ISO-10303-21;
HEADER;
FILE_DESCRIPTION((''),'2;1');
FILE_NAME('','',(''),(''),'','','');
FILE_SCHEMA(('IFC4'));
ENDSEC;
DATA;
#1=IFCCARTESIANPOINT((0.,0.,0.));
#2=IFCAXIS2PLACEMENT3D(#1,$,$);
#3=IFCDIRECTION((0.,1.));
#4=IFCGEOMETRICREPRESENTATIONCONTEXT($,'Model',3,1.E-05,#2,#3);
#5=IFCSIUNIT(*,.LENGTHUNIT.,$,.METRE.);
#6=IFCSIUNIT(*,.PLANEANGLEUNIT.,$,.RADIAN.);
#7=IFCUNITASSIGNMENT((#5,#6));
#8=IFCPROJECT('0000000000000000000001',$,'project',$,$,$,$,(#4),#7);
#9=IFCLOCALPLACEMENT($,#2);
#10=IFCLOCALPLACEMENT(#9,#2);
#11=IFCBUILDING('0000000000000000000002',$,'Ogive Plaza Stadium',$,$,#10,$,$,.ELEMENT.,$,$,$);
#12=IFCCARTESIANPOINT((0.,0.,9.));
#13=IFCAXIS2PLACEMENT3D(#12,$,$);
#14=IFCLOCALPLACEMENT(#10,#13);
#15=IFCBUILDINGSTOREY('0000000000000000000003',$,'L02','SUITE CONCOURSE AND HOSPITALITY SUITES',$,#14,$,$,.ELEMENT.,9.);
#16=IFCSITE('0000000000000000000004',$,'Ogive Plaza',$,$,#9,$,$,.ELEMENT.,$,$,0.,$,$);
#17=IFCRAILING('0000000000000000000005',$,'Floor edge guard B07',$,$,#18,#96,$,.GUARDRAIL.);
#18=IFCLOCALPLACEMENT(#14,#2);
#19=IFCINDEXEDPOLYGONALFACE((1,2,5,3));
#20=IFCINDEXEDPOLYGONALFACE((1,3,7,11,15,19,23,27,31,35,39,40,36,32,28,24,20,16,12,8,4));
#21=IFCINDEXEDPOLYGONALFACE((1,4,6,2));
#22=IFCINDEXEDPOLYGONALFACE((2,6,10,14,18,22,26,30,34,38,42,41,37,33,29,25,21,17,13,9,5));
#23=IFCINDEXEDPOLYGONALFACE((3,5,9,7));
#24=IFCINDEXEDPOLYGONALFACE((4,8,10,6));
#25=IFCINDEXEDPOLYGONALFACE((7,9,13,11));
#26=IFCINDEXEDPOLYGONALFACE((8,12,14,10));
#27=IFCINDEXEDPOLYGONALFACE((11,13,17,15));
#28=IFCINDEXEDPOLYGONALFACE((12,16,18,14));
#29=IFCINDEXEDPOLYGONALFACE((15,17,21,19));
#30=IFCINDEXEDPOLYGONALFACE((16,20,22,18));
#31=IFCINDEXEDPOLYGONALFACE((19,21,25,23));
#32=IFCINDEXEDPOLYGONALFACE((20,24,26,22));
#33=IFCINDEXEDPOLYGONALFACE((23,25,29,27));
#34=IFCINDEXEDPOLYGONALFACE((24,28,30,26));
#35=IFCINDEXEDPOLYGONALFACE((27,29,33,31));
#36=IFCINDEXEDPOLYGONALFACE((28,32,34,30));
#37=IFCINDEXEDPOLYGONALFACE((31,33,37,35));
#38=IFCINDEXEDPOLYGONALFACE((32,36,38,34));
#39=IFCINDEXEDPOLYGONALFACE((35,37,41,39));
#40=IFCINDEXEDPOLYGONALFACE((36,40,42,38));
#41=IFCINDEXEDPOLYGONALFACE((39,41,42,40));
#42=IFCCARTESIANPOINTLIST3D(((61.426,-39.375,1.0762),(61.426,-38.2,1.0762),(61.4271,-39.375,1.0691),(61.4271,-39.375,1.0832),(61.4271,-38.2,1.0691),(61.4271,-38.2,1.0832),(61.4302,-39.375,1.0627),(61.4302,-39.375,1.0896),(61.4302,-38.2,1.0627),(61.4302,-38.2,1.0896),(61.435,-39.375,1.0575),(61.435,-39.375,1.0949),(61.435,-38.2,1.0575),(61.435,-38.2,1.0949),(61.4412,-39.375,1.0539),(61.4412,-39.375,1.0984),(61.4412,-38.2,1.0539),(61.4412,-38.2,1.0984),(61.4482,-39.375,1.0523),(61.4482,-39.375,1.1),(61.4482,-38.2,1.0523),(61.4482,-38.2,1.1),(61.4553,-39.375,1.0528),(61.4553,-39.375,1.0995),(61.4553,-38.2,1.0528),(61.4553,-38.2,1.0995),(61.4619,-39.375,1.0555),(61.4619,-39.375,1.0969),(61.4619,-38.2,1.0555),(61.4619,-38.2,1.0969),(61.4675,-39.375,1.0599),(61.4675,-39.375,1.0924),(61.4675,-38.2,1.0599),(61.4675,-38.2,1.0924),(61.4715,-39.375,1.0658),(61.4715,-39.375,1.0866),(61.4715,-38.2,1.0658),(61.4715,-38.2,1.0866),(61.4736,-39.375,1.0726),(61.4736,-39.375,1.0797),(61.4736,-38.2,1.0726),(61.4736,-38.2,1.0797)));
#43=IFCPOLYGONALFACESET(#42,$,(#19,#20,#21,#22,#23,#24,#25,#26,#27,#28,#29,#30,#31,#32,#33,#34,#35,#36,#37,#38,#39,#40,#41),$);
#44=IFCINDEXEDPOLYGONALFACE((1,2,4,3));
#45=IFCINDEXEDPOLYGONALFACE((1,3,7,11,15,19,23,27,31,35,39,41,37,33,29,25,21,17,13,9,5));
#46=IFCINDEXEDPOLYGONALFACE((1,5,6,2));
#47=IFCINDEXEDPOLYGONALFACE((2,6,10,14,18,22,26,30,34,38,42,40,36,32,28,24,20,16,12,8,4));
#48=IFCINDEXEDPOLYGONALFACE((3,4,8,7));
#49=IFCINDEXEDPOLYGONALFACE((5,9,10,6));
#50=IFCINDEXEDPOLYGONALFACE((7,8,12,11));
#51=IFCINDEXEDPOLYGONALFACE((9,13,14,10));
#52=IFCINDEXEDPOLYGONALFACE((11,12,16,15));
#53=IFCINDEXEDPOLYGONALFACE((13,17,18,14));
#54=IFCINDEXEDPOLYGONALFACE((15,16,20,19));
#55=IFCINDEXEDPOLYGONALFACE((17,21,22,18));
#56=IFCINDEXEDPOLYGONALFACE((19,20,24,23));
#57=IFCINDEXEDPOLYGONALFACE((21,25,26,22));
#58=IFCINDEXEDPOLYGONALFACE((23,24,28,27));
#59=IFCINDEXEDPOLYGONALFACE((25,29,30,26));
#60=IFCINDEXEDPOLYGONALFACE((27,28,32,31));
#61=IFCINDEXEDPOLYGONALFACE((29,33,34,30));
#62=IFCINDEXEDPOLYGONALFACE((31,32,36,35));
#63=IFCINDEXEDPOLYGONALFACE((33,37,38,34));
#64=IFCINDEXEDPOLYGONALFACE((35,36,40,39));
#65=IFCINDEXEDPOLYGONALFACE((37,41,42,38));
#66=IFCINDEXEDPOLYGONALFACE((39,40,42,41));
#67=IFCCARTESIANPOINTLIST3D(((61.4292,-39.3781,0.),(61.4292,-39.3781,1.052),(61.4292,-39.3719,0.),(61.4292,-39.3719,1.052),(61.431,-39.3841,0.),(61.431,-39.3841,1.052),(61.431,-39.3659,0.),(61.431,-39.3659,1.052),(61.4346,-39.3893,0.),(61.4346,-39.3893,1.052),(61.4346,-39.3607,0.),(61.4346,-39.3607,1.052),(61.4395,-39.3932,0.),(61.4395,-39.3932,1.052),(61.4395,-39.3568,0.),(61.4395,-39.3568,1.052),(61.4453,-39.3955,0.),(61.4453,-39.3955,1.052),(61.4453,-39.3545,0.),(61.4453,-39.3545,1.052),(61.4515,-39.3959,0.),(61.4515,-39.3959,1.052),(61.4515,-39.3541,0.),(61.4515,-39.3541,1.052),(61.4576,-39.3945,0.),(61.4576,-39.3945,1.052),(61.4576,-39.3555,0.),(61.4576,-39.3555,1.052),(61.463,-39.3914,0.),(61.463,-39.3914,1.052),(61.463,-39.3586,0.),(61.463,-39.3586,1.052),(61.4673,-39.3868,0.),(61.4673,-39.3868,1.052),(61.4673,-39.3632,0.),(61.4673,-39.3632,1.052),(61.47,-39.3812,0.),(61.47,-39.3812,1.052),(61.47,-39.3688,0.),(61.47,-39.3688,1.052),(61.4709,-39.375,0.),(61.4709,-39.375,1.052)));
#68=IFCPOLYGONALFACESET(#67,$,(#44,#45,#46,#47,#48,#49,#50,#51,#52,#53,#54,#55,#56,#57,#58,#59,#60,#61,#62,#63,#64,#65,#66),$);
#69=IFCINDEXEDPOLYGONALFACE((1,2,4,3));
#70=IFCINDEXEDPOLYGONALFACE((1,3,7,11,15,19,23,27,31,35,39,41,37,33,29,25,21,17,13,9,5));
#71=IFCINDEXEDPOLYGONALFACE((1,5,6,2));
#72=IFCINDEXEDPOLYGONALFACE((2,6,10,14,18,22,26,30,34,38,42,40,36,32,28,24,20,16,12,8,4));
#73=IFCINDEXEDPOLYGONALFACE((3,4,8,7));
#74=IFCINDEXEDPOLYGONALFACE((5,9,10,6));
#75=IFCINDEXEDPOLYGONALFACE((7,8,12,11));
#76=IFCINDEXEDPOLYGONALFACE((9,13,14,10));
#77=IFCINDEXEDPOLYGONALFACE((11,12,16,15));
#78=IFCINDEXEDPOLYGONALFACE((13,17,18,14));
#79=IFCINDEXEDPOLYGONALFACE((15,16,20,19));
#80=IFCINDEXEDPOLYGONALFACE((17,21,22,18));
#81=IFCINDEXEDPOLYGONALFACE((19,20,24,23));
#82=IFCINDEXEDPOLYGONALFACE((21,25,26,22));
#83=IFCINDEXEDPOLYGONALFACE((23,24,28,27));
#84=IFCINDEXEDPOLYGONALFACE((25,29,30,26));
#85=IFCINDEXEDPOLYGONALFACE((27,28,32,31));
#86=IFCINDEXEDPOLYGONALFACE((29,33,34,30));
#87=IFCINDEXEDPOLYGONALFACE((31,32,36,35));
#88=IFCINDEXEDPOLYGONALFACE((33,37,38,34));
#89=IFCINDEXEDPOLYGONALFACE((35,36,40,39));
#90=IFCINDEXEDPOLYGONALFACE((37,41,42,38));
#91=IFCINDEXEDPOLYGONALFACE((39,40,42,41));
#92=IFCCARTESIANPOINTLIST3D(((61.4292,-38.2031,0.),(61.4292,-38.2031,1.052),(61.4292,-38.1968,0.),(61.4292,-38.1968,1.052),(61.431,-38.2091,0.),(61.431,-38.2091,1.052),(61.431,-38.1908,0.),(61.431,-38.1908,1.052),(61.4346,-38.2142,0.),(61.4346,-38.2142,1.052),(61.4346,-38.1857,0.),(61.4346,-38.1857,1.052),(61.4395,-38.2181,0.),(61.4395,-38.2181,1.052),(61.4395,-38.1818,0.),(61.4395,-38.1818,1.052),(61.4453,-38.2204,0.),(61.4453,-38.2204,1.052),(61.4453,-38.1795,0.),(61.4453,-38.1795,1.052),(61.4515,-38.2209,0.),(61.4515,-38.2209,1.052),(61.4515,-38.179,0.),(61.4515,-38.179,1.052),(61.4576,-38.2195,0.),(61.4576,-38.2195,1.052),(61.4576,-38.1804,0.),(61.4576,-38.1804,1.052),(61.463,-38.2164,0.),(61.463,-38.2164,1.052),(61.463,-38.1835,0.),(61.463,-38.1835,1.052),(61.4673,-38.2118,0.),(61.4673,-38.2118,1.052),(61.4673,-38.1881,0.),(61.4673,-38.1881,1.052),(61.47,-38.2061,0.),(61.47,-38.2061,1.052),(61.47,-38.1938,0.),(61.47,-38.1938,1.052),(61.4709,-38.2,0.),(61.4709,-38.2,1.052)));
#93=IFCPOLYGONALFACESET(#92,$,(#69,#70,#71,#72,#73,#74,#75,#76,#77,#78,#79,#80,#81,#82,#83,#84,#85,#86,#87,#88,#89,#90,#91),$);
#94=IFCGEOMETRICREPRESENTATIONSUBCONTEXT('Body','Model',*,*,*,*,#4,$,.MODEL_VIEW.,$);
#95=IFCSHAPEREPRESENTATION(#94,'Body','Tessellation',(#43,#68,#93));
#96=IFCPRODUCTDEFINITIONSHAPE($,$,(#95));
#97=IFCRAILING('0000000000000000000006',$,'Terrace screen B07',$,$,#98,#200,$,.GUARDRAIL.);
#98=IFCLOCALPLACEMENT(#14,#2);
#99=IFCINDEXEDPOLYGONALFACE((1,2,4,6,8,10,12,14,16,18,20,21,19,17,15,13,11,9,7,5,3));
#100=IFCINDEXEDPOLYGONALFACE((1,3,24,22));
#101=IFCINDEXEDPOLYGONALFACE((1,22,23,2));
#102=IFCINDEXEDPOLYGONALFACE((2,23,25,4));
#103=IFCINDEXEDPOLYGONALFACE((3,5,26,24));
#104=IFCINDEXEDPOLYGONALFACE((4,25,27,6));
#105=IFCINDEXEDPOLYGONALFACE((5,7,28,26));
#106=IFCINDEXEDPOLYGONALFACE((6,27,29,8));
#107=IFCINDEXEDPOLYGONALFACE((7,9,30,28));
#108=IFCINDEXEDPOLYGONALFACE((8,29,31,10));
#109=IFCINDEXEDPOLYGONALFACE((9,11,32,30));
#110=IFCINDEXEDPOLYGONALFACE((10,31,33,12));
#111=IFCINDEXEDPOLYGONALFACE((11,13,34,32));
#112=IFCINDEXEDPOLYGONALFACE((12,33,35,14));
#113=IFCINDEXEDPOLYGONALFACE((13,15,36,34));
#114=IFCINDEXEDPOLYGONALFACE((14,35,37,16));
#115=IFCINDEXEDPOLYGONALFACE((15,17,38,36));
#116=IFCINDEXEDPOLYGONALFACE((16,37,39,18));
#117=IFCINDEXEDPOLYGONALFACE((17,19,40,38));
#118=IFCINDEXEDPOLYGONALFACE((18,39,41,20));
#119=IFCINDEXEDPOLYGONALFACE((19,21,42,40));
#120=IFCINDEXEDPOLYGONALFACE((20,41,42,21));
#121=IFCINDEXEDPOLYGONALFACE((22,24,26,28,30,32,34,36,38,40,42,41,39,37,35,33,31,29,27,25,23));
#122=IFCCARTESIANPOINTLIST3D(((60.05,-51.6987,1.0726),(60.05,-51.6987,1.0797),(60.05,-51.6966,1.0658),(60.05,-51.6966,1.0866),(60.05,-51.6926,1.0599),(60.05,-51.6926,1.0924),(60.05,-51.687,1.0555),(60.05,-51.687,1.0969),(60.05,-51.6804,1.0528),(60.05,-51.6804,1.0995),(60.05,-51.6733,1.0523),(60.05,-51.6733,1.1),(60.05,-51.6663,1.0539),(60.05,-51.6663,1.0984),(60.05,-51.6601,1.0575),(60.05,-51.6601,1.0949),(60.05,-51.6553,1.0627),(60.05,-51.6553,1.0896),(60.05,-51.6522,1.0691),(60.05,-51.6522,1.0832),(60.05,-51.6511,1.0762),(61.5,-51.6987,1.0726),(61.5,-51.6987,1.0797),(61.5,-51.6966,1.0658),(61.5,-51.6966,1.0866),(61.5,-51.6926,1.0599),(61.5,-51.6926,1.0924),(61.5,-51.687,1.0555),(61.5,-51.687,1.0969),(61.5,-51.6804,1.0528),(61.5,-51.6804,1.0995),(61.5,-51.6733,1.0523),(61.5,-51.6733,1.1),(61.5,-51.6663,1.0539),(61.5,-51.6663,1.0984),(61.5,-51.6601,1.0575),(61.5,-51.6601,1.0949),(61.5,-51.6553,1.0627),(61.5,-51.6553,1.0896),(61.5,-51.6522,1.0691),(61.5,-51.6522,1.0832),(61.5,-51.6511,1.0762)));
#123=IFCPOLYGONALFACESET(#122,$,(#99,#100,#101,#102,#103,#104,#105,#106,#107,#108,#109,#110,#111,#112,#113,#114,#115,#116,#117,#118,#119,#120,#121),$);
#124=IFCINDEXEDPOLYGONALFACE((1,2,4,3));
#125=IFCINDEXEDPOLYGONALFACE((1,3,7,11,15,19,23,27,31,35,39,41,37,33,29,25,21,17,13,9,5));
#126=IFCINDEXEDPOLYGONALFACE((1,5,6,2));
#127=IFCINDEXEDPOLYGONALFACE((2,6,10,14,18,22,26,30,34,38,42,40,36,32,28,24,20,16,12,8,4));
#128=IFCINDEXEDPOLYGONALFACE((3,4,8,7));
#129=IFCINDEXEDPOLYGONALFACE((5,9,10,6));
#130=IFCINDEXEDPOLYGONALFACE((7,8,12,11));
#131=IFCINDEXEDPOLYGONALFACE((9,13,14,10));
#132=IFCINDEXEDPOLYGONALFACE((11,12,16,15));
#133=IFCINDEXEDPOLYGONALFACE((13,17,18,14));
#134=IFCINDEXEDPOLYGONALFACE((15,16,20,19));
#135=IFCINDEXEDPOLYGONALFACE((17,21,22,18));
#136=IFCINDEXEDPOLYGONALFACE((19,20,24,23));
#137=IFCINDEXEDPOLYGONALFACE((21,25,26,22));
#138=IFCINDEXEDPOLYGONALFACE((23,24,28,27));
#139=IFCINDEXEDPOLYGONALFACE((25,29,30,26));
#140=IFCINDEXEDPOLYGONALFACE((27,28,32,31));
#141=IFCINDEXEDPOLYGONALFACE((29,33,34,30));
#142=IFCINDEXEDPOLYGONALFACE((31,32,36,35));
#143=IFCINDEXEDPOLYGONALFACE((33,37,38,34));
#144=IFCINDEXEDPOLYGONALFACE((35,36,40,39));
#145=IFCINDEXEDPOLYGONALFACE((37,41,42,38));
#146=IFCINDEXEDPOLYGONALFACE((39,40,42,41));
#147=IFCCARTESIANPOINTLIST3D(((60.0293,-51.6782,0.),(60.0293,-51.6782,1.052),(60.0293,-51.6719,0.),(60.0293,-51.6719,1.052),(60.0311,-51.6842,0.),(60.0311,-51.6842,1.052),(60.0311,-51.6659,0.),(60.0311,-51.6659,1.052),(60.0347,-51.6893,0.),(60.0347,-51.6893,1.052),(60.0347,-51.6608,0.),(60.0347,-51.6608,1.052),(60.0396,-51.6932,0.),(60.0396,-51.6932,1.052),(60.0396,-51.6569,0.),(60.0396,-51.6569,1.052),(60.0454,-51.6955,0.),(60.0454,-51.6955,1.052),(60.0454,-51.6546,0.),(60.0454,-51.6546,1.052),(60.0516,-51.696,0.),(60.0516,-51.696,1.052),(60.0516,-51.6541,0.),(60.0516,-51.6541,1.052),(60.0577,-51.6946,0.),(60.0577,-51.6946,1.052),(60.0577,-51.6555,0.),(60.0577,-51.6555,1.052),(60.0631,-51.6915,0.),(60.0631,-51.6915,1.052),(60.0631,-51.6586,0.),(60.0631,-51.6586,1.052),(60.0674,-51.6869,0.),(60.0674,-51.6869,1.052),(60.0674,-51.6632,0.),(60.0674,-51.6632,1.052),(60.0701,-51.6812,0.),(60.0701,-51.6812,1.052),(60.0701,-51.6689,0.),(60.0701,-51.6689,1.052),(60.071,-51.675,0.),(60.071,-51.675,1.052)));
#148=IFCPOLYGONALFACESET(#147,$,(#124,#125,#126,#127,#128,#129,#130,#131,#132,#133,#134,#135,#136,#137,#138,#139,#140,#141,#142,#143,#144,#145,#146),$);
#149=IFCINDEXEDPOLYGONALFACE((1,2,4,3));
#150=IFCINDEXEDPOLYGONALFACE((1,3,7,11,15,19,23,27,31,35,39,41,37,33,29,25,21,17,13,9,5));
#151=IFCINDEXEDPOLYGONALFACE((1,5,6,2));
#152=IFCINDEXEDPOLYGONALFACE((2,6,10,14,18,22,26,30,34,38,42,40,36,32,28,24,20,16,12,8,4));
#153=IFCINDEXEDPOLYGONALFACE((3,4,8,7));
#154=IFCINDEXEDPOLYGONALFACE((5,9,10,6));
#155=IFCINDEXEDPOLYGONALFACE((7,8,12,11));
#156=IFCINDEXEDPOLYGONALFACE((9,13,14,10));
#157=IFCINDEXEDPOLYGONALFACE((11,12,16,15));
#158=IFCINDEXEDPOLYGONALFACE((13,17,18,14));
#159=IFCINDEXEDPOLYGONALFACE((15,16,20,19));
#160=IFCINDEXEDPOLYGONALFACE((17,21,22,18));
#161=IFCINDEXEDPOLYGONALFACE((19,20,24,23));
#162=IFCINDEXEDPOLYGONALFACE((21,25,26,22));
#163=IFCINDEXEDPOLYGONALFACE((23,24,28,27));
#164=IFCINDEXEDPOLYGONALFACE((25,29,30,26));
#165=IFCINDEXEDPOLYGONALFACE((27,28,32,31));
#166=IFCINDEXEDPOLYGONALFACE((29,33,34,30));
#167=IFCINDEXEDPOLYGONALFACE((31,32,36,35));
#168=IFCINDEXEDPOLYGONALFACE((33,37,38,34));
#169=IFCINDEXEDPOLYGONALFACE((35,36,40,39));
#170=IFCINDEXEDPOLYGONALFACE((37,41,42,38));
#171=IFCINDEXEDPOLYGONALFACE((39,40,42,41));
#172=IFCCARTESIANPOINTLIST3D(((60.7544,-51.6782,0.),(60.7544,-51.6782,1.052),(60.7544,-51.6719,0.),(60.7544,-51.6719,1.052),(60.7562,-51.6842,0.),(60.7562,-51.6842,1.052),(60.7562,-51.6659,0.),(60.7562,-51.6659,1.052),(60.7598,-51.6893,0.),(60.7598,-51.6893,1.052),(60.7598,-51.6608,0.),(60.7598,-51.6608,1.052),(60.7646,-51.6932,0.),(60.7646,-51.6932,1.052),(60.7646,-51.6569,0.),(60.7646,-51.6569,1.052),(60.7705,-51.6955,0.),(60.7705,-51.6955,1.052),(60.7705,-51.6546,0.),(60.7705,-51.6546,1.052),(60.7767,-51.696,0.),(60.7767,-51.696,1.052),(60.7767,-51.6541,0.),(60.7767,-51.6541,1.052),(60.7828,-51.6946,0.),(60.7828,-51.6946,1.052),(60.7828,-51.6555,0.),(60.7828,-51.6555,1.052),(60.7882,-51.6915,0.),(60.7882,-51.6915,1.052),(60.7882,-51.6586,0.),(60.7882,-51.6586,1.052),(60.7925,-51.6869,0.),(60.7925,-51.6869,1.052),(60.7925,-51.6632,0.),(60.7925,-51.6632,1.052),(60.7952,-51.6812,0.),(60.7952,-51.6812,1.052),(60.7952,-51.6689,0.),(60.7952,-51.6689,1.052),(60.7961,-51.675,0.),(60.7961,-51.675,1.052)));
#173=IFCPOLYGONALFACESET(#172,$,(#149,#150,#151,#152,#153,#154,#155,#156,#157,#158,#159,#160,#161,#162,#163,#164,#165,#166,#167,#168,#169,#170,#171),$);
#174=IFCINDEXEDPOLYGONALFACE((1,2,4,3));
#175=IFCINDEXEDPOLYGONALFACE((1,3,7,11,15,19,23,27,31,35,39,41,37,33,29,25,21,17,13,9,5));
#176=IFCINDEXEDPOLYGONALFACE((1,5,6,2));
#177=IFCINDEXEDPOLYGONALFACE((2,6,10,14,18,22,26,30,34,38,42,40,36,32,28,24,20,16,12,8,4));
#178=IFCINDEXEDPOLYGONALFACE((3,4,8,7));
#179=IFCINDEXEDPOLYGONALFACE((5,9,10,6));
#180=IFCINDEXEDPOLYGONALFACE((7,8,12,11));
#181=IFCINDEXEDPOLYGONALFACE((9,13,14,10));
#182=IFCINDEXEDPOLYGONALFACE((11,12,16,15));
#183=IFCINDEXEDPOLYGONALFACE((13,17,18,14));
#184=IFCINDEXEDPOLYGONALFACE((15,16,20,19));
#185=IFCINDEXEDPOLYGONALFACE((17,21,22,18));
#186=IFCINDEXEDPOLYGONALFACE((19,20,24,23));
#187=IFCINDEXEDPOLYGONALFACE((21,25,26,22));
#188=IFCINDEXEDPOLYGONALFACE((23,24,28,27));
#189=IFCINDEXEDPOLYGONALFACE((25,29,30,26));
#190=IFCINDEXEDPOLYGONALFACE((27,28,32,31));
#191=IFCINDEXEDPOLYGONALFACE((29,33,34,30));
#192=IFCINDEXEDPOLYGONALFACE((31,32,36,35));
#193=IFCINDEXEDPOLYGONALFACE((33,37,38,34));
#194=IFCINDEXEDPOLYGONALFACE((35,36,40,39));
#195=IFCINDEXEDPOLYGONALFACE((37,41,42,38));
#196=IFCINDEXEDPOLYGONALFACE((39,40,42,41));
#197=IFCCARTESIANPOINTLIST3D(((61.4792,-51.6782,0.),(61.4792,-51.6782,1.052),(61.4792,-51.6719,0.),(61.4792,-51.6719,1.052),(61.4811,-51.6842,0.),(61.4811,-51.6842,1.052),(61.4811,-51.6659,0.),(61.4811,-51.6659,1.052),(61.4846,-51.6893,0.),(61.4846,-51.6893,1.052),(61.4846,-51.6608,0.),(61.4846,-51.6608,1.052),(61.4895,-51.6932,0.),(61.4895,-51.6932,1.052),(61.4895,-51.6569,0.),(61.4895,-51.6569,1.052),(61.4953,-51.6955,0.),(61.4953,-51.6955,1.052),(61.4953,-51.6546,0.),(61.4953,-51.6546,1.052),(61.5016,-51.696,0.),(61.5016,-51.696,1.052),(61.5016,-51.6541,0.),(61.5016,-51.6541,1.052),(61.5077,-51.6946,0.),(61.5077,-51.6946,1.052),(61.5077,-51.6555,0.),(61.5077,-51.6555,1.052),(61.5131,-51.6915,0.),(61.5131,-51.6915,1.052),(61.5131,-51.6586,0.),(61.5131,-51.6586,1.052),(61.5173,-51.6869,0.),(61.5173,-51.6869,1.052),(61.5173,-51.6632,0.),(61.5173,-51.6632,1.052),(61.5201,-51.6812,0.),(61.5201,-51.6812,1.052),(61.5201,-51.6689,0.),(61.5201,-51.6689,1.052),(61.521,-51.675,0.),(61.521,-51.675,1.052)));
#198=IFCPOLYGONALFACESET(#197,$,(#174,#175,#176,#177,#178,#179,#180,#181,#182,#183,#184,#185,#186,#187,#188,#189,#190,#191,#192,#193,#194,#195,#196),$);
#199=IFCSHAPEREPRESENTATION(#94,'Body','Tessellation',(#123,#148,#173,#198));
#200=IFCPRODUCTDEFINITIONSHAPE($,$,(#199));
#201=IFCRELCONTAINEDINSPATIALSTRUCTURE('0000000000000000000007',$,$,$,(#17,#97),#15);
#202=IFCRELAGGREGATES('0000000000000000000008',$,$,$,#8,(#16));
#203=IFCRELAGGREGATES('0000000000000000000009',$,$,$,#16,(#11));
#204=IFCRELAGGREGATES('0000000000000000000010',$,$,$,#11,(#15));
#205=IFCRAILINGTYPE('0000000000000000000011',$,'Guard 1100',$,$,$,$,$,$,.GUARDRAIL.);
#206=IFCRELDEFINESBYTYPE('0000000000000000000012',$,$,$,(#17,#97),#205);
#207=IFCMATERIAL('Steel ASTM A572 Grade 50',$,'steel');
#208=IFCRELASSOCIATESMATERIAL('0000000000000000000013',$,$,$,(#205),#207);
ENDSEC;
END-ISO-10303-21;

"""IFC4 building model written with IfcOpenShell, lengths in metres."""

from ifc_helpers import new_model, si_unit, direction, frame, origin, origin_2d, place, context, subcontext, project, spatial, circle, extrude, material, type_object, element, save


model = new_model("IFC4")

# Units and contexts
model_context = context("Model", 3, precision=1e-05, world=origin(), true_north=direction((0.0, 1.0)))
body_context = subcontext(model_context, "Body", "Model", "MODEL_VIEW")
ifc_project = project(units=[si_unit("LENGTHUNIT", "METRE"), si_unit("PLANEANGLEUNIT", "RADIAN")], contexts=[model_context])

# Site, building, storey
site_placement = place(None, origin())
site = spatial("IfcSite", under=ifc_project, at=site_placement, Name="Ogive Plaza", CompositionType="ELEMENT", RefElevation=0.0)
building_placement = place(site_placement, origin())
building = spatial("IfcBuilding", under=site, at=building_placement, Name="Ogive Plaza Stadium", CompositionType="ELEMENT")
storey_placement = place(building_placement, frame((0.0, 0.0, 9.0)))
storey = spatial("IfcBuildingStorey", under=building, at=storey_placement, Name="L02", Description="SUITE CONCOURSE AND HOSPITALITY SUITES", CompositionType="ELEMENT", Elevation=9.0)

# Railings
ifc_material_1 = material(Name="Steel ASTM A572 Grade 50", Category="steel")
railing_type = type_object("IfcRailingType", Name="Guard 1100", PredefinedType="GUARDRAIL", material=ifc_material_1)
railing_1_placement = place(storey_placement, frame((61.45, -39.375, 0.0)))
element("IfcRailing", 1, at=railing_1_placement, inside=storey, type_object=railing_type, Name="Floor edge guard B07", PredefinedType="GUARDRAIL", context=body_context, shape_type="SweptSolid", body=[
    extrude(circle(Radius=0.0239, at=origin_2d()), frame((0.0, 0.0, 1.0762), z_axis=(0.0, 1.0, 0.0), x_axis=(-1.0, 0.0, 0.0)), (0.0, 0.0, 1.0), 1.175),
    extrude(circle(Radius=0.021, at=origin_2d()), origin(), (0.0, 0.0, 1.0), 1.052),
    extrude(circle(Radius=0.021, at=origin_2d()), frame((0.0, 1.175, 0.0)), (0.0, 0.0, 1.0), 1.052),
])
for number, where, name in (
    (2, (60.05, -51.675, 0.0), "Terrace screen B07"),
):
    element("IfcRailing", number, at=place(storey_placement, frame(where)), inside=storey, type_object=railing_type, Name=name, PredefinedType="GUARDRAIL", context=body_context, shape_type="SweptSolid", body=[
        extrude(circle(Radius=0.0239, at=origin_2d()), frame((0.0, 0.0, 1.0762), z_axis=(1.0, 0.0, 0.0), x_axis=(0.0, 1.0, 0.0)), (0.0, 0.0, 1.0), 1.45),
        extrude(circle(Radius=0.021, at=origin_2d()), origin(), (0.0, 0.0, 1.0), 1.052),
        extrude(circle(Radius=0.021, at=origin_2d()), frame((0.7251, 0.0, 0.0)), (0.0, 0.0, 1.0), 1.052),
        extrude(circle(Radius=0.021, at=origin_2d()), frame((1.45, 0.0, 0.0)), (0.0, 0.0, 1.0), 1.052),
    ])

save(model, "model.ifc")
